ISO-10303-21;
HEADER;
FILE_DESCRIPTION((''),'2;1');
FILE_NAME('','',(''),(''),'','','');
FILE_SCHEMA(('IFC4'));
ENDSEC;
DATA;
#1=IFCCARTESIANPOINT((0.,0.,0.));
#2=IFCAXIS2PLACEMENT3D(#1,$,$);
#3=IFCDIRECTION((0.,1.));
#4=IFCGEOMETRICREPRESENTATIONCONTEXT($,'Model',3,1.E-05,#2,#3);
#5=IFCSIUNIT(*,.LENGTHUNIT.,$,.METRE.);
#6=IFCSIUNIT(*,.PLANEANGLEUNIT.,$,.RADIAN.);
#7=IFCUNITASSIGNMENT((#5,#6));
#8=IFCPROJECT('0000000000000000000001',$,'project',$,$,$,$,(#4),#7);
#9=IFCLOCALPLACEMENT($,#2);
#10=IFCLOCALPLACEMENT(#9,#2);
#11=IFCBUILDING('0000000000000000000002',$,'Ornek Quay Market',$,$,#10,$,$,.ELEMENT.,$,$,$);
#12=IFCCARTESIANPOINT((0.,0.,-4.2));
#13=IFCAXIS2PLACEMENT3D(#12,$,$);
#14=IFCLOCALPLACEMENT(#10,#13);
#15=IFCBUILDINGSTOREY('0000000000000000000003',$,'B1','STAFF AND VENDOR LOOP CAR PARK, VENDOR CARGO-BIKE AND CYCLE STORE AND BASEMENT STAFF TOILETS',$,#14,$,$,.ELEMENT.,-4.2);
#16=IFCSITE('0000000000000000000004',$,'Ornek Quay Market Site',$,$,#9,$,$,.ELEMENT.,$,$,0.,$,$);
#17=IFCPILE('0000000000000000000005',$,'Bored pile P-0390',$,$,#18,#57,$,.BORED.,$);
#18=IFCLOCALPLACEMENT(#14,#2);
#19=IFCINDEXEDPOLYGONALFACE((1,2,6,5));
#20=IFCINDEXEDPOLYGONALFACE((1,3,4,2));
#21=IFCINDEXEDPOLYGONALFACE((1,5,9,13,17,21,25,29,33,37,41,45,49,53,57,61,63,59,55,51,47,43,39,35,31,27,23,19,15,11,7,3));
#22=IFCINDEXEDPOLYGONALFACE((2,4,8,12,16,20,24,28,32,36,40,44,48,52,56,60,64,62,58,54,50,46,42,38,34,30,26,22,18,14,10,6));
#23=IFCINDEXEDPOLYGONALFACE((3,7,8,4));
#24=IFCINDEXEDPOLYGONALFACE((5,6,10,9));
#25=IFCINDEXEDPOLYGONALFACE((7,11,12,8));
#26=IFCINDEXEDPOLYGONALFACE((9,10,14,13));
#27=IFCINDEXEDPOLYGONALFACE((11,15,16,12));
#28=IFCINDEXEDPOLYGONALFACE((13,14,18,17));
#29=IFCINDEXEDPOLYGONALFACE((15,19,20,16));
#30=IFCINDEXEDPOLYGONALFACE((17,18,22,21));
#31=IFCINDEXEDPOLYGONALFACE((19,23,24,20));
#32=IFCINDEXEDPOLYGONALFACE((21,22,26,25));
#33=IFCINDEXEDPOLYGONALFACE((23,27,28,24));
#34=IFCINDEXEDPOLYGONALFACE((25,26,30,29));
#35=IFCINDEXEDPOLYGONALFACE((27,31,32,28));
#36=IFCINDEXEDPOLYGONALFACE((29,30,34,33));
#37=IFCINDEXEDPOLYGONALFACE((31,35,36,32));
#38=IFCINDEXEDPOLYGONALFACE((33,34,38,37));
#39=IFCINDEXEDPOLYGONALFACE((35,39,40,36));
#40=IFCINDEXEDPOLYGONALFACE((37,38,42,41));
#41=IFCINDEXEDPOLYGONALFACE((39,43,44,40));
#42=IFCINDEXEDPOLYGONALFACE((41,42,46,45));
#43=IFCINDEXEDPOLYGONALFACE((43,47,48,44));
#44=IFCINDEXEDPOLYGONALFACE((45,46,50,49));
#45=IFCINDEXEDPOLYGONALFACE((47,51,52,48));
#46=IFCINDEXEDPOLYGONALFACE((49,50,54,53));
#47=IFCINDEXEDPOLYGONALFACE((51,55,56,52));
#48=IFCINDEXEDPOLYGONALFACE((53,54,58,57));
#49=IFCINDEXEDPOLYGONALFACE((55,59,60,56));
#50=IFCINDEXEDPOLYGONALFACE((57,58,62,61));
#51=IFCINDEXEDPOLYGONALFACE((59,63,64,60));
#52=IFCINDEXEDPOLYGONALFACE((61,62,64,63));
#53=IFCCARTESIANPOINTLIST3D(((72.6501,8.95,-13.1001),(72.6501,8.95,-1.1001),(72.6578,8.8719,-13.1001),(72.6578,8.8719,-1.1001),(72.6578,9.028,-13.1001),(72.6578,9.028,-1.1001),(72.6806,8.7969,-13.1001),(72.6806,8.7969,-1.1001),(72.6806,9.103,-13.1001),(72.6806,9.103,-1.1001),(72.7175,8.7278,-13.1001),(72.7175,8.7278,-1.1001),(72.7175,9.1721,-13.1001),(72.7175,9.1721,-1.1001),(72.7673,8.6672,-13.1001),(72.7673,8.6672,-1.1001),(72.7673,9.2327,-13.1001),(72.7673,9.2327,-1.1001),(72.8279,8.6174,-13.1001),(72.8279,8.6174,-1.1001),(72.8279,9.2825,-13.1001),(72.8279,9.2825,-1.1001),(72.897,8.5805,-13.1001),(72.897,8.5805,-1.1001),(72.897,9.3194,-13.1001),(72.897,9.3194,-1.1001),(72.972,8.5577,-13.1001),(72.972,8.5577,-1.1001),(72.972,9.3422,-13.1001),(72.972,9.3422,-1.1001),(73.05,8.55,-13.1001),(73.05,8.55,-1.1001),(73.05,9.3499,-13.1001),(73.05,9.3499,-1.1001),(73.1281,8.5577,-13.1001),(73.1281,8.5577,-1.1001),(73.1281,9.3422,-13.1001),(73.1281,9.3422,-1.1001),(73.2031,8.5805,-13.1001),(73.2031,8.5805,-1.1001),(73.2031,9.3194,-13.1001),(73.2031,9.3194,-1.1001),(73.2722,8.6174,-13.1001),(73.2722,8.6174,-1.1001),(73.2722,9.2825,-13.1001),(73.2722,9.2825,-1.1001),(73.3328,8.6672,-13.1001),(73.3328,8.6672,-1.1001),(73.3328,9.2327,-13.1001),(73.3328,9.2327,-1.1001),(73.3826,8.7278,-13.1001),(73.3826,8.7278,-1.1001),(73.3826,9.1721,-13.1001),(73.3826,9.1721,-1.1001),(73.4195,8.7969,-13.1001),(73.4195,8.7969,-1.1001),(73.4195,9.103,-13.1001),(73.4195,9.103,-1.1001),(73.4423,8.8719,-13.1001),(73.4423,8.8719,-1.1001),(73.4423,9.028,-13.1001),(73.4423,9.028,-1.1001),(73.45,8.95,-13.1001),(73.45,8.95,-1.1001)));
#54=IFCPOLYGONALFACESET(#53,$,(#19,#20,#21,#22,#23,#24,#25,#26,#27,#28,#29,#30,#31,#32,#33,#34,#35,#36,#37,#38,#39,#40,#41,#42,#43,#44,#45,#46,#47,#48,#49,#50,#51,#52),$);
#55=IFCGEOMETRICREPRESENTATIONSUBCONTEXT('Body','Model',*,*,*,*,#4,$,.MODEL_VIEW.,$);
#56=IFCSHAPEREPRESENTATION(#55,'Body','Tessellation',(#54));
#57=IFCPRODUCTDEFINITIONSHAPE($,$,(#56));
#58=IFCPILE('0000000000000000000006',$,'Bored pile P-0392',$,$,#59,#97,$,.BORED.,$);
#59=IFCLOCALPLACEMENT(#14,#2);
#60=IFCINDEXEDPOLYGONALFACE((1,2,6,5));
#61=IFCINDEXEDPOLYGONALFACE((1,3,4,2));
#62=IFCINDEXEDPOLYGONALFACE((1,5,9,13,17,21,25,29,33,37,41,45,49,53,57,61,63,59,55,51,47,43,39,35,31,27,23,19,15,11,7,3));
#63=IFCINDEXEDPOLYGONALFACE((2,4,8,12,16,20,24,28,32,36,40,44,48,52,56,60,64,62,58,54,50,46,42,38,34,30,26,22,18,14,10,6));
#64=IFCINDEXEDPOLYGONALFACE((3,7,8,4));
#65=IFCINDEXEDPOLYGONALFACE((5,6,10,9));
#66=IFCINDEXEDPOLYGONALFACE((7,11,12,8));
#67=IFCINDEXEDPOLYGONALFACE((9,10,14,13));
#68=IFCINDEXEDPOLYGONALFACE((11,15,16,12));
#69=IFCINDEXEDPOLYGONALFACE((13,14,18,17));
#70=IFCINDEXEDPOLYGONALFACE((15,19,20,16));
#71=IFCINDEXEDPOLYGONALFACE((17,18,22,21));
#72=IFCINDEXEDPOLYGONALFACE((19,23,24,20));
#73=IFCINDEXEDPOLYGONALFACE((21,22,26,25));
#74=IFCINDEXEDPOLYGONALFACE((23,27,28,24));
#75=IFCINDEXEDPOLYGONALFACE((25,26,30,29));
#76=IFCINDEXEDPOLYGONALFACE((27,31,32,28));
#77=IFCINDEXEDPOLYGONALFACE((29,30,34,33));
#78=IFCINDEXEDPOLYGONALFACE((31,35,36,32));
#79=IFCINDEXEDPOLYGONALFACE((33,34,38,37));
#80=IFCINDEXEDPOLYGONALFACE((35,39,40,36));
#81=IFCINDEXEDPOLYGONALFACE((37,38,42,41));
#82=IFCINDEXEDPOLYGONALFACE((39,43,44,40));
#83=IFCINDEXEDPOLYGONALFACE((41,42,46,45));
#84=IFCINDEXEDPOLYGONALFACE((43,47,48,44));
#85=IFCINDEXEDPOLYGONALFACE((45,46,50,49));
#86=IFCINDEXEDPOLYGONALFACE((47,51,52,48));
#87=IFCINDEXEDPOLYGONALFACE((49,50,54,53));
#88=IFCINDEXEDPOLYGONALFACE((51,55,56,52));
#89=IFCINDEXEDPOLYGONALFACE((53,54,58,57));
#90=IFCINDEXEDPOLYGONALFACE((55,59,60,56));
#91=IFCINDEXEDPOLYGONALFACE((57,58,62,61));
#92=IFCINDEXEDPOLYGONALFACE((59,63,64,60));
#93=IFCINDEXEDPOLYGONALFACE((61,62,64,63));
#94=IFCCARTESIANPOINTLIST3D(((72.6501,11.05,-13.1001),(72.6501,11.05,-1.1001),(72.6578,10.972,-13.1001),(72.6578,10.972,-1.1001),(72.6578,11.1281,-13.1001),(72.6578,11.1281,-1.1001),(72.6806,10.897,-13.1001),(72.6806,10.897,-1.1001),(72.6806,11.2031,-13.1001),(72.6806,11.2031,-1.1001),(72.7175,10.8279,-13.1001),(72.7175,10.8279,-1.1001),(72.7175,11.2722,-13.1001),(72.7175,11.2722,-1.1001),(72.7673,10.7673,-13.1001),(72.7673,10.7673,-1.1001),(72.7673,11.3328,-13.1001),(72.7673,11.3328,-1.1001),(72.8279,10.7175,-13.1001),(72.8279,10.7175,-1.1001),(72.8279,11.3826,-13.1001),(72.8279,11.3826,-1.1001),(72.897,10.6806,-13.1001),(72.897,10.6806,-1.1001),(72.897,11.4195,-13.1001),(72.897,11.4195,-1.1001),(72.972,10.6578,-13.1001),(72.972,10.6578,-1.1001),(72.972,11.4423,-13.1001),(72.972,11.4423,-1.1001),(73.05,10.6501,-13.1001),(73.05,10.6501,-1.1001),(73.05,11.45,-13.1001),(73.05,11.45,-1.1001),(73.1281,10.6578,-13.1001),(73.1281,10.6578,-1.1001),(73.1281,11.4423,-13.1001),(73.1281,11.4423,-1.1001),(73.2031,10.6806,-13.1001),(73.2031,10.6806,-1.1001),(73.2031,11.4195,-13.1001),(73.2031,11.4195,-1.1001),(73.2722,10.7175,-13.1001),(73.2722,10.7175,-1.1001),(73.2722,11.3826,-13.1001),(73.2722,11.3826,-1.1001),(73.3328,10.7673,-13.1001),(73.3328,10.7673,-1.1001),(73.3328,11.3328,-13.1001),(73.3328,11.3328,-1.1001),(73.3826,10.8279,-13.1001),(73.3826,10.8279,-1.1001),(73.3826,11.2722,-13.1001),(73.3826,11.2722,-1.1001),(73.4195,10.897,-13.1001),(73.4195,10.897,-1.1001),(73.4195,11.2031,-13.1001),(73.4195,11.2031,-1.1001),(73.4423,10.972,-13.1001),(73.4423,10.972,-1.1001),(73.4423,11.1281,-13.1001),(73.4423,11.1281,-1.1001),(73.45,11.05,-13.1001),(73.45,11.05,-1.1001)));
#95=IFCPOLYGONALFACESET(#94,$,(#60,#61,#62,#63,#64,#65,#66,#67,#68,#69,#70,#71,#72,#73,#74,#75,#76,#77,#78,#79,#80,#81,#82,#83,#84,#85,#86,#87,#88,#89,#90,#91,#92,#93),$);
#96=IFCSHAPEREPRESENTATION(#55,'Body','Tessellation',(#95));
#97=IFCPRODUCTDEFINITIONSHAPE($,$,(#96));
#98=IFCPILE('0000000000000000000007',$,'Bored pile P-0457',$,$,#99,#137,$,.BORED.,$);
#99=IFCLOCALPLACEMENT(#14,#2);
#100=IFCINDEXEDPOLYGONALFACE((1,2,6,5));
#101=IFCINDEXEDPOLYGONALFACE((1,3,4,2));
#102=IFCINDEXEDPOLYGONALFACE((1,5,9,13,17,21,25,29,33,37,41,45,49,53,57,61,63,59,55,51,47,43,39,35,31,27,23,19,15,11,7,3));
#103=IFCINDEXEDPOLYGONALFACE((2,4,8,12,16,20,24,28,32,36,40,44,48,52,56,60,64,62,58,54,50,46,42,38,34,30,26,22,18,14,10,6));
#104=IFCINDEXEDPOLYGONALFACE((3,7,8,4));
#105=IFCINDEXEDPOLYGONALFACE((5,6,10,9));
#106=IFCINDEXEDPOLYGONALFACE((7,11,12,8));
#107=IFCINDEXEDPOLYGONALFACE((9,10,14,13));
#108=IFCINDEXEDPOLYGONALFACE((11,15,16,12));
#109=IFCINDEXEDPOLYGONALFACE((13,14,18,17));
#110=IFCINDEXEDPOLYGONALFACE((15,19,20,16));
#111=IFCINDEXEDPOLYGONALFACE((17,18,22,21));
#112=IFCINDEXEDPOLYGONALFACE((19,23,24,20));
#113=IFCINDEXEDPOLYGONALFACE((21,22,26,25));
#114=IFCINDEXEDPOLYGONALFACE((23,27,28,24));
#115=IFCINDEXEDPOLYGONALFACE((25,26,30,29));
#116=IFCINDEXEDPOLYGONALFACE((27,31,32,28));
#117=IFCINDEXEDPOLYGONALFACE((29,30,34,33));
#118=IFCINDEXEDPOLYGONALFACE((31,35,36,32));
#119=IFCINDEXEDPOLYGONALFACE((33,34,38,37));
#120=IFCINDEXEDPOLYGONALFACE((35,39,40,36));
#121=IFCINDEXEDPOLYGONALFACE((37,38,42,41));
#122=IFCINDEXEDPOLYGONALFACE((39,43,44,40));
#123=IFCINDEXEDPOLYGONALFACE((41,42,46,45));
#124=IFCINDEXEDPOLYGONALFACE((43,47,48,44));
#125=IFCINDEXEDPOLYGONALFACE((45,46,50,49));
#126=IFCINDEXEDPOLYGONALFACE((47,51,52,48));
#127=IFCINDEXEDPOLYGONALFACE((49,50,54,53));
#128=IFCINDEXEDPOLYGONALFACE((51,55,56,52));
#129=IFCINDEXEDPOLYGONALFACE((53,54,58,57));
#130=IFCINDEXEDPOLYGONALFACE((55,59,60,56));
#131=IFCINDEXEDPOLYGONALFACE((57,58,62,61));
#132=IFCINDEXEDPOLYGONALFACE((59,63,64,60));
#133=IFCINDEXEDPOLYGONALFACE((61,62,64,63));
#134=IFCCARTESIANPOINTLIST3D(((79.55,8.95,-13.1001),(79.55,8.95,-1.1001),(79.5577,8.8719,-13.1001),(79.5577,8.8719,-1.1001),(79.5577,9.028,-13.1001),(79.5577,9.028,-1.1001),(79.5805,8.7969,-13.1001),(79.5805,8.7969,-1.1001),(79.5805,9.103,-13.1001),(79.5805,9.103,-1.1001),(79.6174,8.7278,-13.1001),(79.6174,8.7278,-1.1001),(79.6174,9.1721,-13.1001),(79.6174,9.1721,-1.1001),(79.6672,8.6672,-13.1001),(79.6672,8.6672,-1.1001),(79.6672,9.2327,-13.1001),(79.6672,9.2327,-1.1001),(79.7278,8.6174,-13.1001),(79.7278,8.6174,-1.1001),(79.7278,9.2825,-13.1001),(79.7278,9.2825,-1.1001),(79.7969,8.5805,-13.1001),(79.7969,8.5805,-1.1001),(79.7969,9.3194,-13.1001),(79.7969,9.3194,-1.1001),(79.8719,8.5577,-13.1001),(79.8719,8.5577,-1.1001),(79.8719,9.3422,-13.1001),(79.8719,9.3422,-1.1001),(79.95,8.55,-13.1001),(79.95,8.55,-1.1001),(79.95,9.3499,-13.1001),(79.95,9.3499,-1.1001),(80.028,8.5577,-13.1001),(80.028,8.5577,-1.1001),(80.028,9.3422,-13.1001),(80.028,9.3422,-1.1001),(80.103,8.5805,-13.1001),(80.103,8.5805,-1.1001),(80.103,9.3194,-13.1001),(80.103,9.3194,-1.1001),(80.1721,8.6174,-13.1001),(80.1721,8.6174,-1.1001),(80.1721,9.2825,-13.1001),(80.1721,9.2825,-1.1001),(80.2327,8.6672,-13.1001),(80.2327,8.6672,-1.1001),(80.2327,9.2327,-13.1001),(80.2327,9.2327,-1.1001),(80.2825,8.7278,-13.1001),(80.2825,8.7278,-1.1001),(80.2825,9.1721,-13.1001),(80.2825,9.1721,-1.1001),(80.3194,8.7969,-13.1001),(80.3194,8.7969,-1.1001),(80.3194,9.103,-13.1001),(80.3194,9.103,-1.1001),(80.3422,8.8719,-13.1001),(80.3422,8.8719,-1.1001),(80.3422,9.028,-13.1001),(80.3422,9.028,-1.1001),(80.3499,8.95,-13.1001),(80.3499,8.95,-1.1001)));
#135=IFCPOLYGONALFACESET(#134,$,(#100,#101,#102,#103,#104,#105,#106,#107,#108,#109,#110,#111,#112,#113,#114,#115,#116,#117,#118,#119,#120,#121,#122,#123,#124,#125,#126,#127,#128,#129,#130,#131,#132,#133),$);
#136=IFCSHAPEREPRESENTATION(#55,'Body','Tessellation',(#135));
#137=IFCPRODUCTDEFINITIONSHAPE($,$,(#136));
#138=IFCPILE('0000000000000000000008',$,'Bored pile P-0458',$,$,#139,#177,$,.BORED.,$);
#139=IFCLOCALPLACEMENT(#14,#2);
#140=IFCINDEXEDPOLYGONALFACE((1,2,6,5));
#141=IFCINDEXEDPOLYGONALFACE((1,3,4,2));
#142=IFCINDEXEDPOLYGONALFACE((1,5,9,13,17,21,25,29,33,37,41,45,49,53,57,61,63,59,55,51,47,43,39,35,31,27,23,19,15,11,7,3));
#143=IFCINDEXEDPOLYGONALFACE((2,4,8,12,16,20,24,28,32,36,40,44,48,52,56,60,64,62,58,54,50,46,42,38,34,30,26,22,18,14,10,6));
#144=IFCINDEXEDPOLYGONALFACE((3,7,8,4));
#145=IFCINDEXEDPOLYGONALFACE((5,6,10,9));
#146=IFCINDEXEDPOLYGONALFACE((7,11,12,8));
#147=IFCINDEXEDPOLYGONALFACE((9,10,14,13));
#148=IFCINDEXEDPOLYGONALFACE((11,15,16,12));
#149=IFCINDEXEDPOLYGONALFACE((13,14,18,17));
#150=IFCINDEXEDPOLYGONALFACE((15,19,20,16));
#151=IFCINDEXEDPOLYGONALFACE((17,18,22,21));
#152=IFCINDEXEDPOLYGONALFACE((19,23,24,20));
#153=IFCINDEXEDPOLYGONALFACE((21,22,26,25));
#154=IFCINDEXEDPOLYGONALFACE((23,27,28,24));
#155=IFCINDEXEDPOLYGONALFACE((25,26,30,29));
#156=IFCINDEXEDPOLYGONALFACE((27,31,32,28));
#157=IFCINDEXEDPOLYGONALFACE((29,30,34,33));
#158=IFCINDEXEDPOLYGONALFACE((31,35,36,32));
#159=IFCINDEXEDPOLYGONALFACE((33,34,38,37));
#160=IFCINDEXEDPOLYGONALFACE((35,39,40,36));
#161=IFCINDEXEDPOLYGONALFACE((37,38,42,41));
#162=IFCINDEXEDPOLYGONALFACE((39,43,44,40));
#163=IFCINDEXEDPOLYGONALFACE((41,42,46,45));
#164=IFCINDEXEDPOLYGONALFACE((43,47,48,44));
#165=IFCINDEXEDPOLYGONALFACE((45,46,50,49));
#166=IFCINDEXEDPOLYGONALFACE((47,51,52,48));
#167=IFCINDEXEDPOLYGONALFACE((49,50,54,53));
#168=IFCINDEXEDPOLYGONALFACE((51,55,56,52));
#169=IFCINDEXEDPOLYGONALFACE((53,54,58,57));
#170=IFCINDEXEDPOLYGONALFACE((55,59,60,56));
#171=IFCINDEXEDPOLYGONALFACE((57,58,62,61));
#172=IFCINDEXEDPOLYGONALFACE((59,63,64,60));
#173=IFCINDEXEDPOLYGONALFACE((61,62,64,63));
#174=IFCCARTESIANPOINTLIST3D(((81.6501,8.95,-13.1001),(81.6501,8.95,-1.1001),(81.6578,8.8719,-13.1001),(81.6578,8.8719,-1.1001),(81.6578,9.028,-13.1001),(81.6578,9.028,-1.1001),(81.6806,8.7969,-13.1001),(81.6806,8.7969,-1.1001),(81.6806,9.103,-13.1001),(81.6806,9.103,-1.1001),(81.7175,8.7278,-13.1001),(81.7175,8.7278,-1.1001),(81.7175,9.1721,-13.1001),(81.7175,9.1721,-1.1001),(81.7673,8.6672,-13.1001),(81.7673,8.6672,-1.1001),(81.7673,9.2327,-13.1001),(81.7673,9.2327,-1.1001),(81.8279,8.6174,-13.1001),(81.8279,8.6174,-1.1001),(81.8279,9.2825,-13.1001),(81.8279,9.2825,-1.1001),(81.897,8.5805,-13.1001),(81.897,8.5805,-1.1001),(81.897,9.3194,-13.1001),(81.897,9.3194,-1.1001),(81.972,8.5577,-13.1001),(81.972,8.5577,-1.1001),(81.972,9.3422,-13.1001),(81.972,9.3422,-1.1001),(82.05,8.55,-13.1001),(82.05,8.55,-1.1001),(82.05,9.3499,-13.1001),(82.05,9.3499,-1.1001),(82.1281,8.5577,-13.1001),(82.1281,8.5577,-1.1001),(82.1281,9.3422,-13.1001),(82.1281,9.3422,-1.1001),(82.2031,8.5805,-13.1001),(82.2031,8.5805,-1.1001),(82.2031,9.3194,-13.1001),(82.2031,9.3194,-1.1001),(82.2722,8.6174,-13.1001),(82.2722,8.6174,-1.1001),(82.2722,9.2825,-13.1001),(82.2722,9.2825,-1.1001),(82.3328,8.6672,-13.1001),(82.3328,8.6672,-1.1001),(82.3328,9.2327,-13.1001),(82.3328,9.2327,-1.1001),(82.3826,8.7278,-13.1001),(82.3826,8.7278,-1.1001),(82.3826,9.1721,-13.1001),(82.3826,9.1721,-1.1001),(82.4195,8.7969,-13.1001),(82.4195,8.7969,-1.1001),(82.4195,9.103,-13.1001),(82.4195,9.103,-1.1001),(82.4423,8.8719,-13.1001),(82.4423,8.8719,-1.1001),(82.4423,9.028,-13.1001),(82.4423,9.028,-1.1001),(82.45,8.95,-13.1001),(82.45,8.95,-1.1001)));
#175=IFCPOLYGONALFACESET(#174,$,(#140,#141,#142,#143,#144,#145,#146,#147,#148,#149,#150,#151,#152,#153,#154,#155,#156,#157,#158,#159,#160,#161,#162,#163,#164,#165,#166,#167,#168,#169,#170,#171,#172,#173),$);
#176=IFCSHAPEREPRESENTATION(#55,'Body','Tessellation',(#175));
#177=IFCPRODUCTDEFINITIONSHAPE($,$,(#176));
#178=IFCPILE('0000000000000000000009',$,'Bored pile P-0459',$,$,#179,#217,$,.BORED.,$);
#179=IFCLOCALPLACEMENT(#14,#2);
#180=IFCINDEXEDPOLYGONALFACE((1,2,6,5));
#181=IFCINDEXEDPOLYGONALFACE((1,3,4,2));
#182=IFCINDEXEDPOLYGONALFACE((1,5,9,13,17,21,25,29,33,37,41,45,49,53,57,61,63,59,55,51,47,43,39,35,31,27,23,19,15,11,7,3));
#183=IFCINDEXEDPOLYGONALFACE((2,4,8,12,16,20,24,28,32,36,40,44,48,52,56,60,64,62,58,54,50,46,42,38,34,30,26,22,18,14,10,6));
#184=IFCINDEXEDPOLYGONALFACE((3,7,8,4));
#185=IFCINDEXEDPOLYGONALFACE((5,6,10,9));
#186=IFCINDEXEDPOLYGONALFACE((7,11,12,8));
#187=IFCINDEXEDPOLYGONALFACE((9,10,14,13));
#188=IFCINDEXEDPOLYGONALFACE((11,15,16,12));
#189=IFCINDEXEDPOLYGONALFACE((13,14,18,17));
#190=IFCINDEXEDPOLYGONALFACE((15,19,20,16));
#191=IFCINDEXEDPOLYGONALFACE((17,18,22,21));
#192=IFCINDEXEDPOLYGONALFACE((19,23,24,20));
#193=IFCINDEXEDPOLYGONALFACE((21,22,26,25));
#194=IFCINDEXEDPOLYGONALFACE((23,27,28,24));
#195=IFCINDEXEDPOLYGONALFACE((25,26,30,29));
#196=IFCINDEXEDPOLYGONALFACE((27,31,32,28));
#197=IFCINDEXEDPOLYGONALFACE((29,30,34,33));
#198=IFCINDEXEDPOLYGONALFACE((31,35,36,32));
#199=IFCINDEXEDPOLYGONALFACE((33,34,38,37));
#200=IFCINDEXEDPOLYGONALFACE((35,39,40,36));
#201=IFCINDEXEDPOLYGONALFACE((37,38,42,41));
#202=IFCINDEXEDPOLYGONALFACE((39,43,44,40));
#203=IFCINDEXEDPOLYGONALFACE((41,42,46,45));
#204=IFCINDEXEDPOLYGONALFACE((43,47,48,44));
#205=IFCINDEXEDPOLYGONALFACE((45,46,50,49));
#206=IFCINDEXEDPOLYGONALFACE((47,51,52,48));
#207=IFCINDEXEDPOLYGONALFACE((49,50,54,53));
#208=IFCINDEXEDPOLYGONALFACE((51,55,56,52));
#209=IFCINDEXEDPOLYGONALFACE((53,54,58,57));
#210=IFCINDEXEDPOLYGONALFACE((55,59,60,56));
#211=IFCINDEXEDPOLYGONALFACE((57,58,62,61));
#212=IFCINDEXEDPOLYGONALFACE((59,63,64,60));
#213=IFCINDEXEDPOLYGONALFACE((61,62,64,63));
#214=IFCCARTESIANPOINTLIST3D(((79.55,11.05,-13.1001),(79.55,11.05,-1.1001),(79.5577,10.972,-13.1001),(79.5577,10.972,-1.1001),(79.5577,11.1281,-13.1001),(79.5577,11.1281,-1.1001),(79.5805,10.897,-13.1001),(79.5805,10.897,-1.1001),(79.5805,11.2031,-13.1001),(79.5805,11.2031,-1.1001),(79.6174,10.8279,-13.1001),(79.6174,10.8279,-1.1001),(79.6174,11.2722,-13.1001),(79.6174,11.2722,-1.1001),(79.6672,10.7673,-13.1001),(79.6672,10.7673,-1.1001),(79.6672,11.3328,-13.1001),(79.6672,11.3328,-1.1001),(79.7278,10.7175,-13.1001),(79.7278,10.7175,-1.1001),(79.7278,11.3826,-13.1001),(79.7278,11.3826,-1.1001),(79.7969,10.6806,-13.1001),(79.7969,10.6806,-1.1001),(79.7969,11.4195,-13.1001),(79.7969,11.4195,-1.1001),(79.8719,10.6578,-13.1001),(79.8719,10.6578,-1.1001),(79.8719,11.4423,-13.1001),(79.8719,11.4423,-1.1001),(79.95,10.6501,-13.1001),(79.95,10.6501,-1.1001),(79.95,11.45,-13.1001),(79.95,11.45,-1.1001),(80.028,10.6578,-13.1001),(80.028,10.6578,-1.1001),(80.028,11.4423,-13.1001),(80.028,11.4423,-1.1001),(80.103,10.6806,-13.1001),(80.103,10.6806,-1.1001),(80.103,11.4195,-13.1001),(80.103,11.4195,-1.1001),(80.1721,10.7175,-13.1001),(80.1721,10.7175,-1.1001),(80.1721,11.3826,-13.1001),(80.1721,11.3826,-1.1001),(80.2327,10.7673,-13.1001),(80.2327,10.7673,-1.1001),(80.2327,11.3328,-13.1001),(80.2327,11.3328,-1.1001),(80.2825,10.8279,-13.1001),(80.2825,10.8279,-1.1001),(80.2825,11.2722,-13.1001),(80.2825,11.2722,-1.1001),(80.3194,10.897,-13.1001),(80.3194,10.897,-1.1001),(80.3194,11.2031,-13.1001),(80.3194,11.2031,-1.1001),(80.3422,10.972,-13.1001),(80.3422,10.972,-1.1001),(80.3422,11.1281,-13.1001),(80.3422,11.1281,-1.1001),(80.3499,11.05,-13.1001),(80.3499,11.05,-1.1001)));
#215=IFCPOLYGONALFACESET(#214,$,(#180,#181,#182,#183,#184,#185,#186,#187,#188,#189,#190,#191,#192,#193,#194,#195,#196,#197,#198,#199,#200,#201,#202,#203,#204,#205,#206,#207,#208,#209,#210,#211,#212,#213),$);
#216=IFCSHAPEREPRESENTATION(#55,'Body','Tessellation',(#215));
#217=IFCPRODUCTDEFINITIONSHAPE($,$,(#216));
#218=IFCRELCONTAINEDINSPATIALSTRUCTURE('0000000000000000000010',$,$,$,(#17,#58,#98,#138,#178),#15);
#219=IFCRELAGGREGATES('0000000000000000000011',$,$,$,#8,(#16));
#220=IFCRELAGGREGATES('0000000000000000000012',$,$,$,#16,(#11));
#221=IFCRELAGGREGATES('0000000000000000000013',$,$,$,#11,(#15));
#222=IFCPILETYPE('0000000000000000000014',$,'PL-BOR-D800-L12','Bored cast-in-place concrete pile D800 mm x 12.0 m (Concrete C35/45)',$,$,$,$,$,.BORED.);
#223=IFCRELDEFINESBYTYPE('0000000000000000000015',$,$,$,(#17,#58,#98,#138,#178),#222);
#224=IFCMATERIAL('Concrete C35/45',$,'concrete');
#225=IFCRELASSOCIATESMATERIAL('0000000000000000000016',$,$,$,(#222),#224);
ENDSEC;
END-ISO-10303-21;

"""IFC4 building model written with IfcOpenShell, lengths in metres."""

from ifc_helpers import new_model, si_unit, direction, frame, origin, origin_2d, place, context, subcontext, project, spatial, circle, extrude, material, material_profile, profile_set, type_object, element, save


model = new_model("IFC4")

# Units and contexts
model_context = context("Model", 3, precision=1e-05, world=origin(), true_north=direction((0.0, 1.0)))
body_context = subcontext(model_context, "Body", "Model", "MODEL_VIEW")
ifc_project = project(units=[si_unit("LENGTHUNIT", "METRE"), si_unit("PLANEANGLEUNIT", "RADIAN")], contexts=[model_context])

# Site, building, storey
site_placement = place(None, origin())
site = spatial("IfcSite", under=ifc_project, at=site_placement, Name="Ornek Quay Market Site", CompositionType="ELEMENT", RefElevation=0.0)
building_placement = place(site_placement, origin())
building = spatial("IfcBuilding", under=site, at=building_placement, Name="Ornek Quay Market", CompositionType="ELEMENT")
storey_placement = place(building_placement, frame((0.0, 0.0, -4.2)))
storey = spatial("IfcBuildingStorey", under=building, at=storey_placement, Name="B1", Description="STAFF AND VENDOR LOOP CAR PARK, VENDOR CARGO-BIKE AND CYCLE STORE AND BASEMENT STAFF TOILETS", CompositionType="ELEMENT", Elevation=-4.2)

# Piles
ifc_material_1 = material(Name="Concrete C35/45", Category="concrete")
ifc_material_profile_1 = material_profile(ifc_material_1, circle(Radius=0.3999, at=origin_2d()), Name="PILE D800", Category="concrete")
ifc_profile_set_1 = profile_set([ifc_material_profile_1], Name="Concrete C35/45")
pile_type = type_object("IfcPileType", Name="PL-BOR-D800-L12", Description="Bored cast-in-place concrete pile D800 mm x 12.0 m (Concrete C35/45)", PredefinedType="BORED", material=ifc_profile_set_1)
for number, where, z_axis, x_axis, name in (
    (1, (73.05, 8.95, -1.1001), (0.0, 0.0, -1.0), (1.0, 0.0, 0.0), "Bored pile P-0390"),
    (2, (73.05, 11.05, -1.1001), (0.0, 0.0, -1.0), (1.0, 0.0, 0.0), "Bored pile P-0392"),
    (3, (79.95, 8.95, -1.1001), (0.0, 0.0, -1.0), (1.0, 0.0, 0.0), "Bored pile P-0457"),
    (4, (82.05, 8.95, -1.1001), (0.0, 0.0, -1.0), (1.0, 0.0, 0.0), "Bored pile P-0458"),
    (5, (79.95, 11.05, -1.1001), (0.0, 0.0, -1.0), (1.0, 0.0, 0.0), "Bored pile P-0459"),
):
    element("IfcPile", number, at=place(storey_placement, frame(where, z_axis=z_axis, x_axis=x_axis)), inside=storey, type_object=pile_type, Name=name, PredefinedType="BORED", context=body_context, shape_type="SweptSolid", body=[
        extrude(circle(Radius=0.3999, at=origin_2d()), origin(), (0.0, 0.0, 1.0), 12.0),
    ])

save(model, "model.ifc")
